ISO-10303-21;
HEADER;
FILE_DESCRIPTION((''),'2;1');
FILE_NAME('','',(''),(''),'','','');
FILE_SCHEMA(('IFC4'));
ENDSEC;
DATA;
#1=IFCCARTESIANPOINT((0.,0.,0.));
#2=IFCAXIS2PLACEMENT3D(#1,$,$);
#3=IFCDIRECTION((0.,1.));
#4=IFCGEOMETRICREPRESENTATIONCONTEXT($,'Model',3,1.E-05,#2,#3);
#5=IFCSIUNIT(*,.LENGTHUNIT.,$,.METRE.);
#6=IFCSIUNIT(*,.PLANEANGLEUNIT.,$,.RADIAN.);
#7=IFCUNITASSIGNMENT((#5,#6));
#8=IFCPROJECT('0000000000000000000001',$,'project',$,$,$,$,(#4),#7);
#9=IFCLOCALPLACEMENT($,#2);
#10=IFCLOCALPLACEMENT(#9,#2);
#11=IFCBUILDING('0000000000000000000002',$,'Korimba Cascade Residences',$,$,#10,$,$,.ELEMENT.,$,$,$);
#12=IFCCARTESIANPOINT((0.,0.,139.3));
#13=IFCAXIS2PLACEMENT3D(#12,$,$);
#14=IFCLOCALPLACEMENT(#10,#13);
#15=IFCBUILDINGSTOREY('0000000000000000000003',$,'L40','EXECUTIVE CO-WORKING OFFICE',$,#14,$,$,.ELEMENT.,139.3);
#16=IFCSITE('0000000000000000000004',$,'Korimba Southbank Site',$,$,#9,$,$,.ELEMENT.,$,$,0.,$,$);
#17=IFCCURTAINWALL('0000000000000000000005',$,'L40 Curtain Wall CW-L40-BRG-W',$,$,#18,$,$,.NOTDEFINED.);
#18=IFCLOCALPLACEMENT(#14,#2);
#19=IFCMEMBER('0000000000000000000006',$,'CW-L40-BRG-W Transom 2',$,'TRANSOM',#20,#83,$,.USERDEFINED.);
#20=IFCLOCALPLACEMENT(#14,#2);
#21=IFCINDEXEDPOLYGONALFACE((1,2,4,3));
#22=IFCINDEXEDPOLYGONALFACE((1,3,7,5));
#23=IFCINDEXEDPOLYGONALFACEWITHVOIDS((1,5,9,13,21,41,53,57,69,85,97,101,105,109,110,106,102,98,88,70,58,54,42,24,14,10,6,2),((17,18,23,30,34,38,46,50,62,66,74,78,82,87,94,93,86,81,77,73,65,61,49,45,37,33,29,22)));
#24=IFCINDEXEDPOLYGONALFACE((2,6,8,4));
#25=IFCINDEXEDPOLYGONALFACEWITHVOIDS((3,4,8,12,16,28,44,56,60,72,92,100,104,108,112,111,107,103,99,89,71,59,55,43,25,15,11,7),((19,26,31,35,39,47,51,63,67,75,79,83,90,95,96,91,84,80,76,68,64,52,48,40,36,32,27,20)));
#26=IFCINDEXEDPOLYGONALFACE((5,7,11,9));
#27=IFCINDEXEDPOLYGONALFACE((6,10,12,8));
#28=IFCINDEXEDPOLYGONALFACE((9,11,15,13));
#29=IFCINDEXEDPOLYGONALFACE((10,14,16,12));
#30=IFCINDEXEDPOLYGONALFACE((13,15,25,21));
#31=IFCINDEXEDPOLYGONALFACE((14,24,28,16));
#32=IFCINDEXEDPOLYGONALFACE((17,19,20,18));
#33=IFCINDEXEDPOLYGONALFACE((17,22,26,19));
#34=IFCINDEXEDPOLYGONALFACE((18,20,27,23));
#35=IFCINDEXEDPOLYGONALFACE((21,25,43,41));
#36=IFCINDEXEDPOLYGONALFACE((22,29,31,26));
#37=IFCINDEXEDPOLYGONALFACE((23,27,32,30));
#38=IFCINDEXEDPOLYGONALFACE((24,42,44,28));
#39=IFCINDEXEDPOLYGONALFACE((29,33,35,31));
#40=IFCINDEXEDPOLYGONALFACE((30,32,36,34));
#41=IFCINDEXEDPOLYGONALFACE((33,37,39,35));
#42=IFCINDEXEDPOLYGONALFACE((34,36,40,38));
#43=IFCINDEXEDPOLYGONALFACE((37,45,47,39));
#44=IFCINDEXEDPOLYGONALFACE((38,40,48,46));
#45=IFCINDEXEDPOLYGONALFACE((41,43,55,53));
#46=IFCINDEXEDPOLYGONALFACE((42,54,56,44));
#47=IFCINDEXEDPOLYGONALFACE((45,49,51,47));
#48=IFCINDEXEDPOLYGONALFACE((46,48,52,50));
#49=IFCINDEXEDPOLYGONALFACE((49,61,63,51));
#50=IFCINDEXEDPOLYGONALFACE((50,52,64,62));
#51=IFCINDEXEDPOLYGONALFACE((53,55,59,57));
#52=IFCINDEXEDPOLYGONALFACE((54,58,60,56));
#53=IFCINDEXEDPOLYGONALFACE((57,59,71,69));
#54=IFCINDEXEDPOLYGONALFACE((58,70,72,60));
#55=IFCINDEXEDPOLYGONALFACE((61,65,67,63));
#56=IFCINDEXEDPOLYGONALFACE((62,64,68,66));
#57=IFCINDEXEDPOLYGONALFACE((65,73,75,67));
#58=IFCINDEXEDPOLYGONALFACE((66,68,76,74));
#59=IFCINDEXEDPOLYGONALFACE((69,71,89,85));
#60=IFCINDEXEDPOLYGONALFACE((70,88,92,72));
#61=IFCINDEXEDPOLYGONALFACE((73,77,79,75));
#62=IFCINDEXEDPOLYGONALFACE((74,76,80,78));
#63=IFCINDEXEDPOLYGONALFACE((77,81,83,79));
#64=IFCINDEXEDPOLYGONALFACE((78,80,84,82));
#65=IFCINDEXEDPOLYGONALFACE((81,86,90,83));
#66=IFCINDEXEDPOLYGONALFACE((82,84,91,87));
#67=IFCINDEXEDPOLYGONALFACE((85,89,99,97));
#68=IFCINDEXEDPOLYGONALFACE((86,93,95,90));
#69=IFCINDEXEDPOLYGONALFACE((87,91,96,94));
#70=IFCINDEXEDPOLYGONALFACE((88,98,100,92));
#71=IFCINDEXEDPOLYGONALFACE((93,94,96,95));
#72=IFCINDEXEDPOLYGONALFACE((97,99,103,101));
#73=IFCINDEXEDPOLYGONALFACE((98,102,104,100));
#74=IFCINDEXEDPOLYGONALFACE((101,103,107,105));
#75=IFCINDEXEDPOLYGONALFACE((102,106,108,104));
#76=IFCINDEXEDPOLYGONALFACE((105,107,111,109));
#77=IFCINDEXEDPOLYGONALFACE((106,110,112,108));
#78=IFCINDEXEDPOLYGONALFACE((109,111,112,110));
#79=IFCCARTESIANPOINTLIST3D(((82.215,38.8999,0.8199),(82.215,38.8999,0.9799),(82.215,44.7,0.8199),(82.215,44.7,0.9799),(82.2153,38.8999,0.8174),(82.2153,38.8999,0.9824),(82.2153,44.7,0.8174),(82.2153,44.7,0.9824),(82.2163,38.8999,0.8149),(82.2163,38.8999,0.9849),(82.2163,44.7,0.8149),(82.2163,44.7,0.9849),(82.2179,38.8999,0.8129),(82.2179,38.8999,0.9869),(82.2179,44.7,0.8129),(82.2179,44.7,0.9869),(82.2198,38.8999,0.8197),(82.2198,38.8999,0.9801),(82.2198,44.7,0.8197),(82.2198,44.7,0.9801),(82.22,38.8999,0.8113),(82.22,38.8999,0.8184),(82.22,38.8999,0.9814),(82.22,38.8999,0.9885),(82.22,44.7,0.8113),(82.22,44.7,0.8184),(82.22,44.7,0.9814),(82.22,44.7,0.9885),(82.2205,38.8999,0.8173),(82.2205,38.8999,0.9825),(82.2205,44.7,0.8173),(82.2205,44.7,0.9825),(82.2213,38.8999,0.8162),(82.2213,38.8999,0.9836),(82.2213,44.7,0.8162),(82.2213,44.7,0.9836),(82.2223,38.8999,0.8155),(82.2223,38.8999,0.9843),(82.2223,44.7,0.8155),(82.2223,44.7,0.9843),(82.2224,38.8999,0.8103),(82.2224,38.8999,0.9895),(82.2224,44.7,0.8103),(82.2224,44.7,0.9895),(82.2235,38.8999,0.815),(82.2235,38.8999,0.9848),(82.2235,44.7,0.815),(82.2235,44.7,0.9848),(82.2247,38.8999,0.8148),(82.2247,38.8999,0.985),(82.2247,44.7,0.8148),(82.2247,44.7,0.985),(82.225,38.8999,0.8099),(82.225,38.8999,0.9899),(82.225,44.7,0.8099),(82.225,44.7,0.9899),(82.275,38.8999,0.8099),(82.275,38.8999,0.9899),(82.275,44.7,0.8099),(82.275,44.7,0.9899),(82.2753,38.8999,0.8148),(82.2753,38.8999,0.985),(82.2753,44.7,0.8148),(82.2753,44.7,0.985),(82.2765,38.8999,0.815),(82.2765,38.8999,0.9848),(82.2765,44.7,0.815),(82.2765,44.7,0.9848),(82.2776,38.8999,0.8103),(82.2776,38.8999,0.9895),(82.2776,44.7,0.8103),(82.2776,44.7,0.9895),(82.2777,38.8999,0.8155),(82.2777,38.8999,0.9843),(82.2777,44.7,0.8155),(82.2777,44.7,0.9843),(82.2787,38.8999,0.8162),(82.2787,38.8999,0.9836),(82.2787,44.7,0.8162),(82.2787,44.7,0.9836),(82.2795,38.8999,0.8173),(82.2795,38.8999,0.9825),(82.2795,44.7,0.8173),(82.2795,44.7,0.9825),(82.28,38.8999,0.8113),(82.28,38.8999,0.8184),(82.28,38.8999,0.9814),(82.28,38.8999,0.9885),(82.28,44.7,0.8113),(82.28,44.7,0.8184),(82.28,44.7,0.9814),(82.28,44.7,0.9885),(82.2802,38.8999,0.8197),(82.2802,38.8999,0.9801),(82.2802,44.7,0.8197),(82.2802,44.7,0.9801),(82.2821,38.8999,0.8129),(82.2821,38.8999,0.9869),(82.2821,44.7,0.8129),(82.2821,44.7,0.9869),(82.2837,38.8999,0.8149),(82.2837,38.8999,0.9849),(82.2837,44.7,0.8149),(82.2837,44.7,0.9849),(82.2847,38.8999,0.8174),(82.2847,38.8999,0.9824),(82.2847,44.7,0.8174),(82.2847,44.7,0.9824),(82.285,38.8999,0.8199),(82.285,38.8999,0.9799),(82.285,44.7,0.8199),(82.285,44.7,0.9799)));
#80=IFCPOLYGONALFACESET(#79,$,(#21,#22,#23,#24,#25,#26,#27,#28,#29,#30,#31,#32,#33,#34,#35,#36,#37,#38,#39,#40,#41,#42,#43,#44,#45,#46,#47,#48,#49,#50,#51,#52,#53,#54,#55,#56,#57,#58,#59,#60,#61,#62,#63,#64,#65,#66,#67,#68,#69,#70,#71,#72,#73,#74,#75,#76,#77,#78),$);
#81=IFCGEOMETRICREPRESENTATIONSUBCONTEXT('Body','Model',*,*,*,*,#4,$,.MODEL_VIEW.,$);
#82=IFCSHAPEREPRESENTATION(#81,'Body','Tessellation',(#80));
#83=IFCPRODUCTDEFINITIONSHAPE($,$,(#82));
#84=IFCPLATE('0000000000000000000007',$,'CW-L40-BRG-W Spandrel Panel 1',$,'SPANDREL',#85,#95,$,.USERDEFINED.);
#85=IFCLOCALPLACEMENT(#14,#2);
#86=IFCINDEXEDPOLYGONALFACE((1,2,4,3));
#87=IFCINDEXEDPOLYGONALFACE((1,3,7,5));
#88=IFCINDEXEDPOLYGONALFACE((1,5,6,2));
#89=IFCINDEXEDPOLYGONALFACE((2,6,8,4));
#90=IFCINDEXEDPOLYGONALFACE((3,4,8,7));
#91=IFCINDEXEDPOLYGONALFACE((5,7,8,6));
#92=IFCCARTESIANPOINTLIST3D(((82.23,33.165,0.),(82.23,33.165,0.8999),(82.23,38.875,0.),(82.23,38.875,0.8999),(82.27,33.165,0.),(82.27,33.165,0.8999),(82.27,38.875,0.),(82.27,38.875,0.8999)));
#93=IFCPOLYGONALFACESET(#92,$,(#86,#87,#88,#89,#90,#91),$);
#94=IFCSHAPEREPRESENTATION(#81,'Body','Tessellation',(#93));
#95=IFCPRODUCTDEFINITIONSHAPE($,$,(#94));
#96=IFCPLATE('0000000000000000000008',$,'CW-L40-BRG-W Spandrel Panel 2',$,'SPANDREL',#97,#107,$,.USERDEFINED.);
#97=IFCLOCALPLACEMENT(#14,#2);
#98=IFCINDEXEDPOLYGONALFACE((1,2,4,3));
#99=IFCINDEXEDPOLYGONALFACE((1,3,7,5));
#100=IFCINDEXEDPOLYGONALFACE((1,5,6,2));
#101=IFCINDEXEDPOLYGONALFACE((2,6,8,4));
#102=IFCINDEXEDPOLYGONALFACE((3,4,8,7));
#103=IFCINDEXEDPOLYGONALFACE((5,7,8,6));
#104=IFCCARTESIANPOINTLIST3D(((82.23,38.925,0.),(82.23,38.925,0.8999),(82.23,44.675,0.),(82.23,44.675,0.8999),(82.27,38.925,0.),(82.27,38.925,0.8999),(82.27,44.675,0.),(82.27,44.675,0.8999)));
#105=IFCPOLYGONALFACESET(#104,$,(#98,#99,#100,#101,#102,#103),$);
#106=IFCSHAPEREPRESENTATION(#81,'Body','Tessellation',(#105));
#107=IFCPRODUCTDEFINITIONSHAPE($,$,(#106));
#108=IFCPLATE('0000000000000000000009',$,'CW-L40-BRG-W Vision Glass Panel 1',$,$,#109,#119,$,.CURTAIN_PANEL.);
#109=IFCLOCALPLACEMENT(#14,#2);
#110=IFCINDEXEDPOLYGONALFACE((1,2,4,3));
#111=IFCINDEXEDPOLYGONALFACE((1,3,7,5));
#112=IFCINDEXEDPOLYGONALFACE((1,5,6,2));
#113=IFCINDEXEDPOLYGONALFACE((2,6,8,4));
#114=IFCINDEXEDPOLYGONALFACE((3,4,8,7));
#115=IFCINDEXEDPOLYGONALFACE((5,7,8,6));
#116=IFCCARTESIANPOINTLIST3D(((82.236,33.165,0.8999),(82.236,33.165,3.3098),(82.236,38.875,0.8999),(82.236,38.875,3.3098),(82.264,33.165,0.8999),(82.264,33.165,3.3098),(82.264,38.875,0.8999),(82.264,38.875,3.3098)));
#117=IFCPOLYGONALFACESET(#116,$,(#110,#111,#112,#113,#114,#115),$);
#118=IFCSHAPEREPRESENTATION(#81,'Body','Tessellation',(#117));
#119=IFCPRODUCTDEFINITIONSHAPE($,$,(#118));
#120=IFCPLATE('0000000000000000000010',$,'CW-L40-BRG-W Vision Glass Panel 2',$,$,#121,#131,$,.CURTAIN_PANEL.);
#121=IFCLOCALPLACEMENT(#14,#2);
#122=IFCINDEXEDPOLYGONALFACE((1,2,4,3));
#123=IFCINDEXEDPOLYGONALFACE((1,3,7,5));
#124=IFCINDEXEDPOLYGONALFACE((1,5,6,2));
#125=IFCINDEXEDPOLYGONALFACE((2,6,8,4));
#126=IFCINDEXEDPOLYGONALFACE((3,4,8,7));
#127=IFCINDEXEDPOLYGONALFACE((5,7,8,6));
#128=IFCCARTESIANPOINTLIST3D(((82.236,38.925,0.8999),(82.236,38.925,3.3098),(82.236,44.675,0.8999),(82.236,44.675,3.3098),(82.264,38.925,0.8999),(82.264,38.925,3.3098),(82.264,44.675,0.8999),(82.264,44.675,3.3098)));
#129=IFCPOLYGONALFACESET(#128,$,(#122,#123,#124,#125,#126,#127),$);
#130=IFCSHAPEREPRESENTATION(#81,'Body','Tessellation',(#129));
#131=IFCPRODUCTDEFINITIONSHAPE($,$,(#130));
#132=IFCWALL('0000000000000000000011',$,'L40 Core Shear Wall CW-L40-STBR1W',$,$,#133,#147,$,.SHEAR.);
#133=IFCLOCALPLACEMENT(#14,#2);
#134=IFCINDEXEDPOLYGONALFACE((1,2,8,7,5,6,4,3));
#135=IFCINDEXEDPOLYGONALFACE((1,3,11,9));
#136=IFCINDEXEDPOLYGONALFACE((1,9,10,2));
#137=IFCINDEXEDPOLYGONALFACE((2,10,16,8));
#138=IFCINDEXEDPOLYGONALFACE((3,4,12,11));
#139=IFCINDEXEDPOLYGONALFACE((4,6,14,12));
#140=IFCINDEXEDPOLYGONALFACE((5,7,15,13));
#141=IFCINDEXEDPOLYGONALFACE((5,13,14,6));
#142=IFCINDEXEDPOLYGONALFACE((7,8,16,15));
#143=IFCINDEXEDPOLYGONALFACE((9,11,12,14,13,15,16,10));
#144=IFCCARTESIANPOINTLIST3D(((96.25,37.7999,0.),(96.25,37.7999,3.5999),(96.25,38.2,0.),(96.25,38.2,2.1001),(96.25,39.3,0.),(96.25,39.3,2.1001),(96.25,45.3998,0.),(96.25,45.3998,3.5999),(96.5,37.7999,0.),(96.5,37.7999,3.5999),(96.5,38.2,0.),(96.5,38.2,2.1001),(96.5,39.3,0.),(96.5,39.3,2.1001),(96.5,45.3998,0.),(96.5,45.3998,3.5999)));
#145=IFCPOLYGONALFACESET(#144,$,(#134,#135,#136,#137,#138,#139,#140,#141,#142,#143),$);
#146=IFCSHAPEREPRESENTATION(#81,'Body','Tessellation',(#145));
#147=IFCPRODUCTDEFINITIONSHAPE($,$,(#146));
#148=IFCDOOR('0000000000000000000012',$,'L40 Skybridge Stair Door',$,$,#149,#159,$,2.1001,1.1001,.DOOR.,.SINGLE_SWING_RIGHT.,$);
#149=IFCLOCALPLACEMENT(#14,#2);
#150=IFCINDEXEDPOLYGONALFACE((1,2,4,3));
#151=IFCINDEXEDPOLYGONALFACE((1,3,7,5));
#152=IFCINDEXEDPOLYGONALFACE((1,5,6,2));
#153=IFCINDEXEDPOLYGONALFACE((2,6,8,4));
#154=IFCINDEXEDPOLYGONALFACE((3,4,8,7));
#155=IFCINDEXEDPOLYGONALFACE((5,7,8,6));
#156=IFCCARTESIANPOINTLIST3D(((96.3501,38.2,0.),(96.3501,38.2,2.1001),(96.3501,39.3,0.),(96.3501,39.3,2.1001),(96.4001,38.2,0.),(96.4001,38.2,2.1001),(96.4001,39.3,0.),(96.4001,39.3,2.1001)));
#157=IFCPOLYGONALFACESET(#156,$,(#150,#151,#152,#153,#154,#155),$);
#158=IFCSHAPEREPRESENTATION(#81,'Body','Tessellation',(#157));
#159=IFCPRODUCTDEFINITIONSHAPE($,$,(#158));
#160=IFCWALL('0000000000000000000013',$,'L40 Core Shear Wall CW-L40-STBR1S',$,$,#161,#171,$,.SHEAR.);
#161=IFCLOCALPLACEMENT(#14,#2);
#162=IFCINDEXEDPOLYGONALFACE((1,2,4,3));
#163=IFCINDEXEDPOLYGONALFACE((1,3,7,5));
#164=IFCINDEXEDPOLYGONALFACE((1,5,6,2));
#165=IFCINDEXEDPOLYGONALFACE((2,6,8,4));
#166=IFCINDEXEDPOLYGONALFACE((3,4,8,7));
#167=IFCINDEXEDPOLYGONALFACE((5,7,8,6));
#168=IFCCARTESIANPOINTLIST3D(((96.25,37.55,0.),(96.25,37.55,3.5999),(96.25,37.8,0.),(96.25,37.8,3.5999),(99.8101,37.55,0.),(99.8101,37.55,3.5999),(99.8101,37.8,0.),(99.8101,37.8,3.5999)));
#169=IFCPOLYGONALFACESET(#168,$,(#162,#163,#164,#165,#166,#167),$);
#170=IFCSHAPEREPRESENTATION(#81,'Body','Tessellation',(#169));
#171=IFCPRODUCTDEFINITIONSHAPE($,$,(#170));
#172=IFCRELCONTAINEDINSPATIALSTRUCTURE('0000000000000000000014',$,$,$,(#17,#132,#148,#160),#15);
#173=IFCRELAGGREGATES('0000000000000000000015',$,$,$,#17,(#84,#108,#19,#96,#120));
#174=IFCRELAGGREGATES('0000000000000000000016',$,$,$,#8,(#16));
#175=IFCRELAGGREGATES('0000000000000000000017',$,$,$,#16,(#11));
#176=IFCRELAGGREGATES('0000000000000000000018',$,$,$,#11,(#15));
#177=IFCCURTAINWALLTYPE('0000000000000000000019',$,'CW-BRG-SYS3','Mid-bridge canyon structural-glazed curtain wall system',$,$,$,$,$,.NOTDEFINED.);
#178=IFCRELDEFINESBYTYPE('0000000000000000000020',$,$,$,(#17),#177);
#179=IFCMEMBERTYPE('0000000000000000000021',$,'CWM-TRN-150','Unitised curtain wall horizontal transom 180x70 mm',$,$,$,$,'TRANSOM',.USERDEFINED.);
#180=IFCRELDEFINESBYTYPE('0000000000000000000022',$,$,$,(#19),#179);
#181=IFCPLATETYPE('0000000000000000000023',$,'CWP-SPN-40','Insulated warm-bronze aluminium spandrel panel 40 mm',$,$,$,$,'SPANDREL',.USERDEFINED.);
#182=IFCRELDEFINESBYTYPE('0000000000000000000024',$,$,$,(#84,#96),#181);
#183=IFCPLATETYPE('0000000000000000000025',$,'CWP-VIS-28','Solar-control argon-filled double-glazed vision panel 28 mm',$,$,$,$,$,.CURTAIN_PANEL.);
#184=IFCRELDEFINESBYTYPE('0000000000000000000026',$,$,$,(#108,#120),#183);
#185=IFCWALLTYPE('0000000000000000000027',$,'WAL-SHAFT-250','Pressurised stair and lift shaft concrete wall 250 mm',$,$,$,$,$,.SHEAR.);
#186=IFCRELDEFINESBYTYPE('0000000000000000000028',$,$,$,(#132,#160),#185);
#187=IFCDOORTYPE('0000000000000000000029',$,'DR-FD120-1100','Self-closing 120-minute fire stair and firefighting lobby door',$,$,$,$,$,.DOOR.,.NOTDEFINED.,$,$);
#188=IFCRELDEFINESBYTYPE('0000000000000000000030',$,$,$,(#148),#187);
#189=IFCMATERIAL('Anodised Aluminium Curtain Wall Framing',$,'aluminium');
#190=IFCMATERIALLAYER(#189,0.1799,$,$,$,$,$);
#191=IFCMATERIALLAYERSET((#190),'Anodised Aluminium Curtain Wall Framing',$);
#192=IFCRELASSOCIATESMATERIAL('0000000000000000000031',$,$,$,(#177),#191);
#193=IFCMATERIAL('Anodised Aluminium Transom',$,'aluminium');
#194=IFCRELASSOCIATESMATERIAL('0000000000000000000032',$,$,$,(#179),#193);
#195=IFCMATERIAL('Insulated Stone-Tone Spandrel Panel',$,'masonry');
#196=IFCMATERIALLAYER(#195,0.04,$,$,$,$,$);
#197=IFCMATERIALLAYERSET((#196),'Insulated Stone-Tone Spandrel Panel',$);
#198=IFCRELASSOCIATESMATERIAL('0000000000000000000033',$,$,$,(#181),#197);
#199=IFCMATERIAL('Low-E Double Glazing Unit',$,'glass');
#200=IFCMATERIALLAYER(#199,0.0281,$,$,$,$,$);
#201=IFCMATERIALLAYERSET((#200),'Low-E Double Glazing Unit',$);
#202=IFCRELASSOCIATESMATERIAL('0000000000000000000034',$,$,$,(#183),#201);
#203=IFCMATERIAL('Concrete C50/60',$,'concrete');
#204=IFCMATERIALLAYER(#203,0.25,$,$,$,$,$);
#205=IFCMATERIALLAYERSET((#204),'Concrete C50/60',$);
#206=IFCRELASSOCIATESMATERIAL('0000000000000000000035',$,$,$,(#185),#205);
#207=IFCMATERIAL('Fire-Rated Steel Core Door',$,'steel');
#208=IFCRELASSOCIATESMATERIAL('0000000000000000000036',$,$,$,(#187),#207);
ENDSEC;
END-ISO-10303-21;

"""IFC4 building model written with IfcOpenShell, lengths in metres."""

from ifc_helpers import new_model, si_unit, direction, frame, frame_2d, origin, origin_2d, place, context, subcontext, project, spatial, rectangle, hollow_rectangle, extrude, material, layer, layer_set, material_profile, profile_set, type_object, element, fill, aggregate, save


model = new_model("IFC4")

# Units and contexts
model_context = context("Model", 3, precision=1e-05, world=origin(), true_north=direction((0.0, 1.0)))
body_context = subcontext(model_context, "Body", "Model", "MODEL_VIEW")
ifc_project = project(units=[si_unit("LENGTHUNIT", "METRE"), si_unit("PLANEANGLEUNIT", "RADIAN")], contexts=[model_context])

# Site, building, storey
site_placement = place(None, origin())
site = spatial("IfcSite", under=ifc_project, at=site_placement, Name="Korimba Southbank Site", CompositionType="ELEMENT", RefElevation=0.0)
building_placement = place(site_placement, origin())
building = spatial("IfcBuilding", under=site, at=building_placement, Name="Korimba Cascade Residences", CompositionType="ELEMENT")
storey_placement = place(building_placement, frame((0.0, 0.0, 139.3)))
storey = spatial("IfcBuildingStorey", under=building, at=storey_placement, Name="L40", Description="EXECUTIVE CO-WORKING OFFICE", CompositionType="ELEMENT", Elevation=139.3)

# Curtain wall, member, plates
ifc_material_1 = material(Name="Anodised Aluminium Curtain Wall Framing", Category="aluminium")
ifc_layer_1 = layer(ifc_material_1, 0.1799)
ifc_layer_set_1 = layer_set([ifc_layer_1], Name="Anodised Aluminium Curtain Wall Framing")
curtain_wall_type = type_object("IfcCurtainWallType", Name="CW-BRG-SYS3", Description="Mid-bridge canyon structural-glazed curtain wall system", PredefinedType="NOTDEFINED", material=ifc_layer_set_1)
curtain_wall_placement = place(storey_placement, origin())
curtain_wall = element("IfcCurtainWall", 1, at=curtain_wall_placement, inside=storey, type_object=curtain_wall_type, Name="L40 Curtain Wall CW-L40-BRG-W", PredefinedType="NOTDEFINED")
ifc_material_2 = material(Name="Anodised Aluminium Transom", Category="aluminium")
ifc_material_profile_1 = material_profile(ifc_material_2, hollow_rectangle(XDim=0.0701, YDim=0.1799, WallThickness=0.0049, InnerFilletRadius=0.0049, OuterFilletRadius=0.01, at=origin_2d()), Name="Anodised Aluminium Transom")
ifc_profile_set_1 = profile_set([ifc_material_profile_1], Name="Anodised Aluminium Transom")
member_type_1 = type_object("IfcMemberType", Name="CWM-TRN-150", Description="Unitised curtain wall horizontal transom 180x70 mm", ElementType="TRANSOM", PredefinedType="USERDEFINED", material=ifc_profile_set_1)
member_1_placement = place(storey_placement, frame((82.25, 38.8999, 0.8999), z_axis=(0.0, 1.0, 0.0), x_axis=(-1.0, 0.0, 0.0)))
member_1 = element("IfcMember", 2, at=member_1_placement, type_object=member_type_1, Name="CW-L40-BRG-W Transom 2", ObjectType="TRANSOM", PredefinedType="USERDEFINED", context=body_context, shape_type="SweptSolid", body=[
    extrude(hollow_rectangle(XDim=0.0701, YDim=0.1799, WallThickness=0.0049, InnerFilletRadius=0.0049, OuterFilletRadius=0.01, at=origin_2d()), origin(), (0.0, 0.0, 1.0), 5.8),
])
ifc_material_3 = material(Name="Insulated Stone-Tone Spandrel Panel", Category="masonry")
ifc_layer_2 = layer(ifc_material_3, 0.04)
ifc_layer_set_2 = layer_set([ifc_layer_2], Name="Insulated Stone-Tone Spandrel Panel")
plate_type_1 = type_object("IfcPlateType", Name="CWP-SPN-40", Description="Insulated warm-bronze aluminium spandrel panel 40 mm", ElementType="SPANDREL", PredefinedType="USERDEFINED", material=ifc_layer_set_2)
plate_1_placement = place(storey_placement, frame((82.25, 36.02, 0.0), z_axis=(0.0, 0.0, 1.0), x_axis=(0.0, 1.0, 0.0)))
plate_1 = element("IfcPlate", 3, at=plate_1_placement, type_object=plate_type_1, Name="CW-L40-BRG-W Spandrel Panel 1", ObjectType="SPANDREL", PredefinedType="USERDEFINED", context=body_context, shape_type="SweptSolid", body=[
    extrude(rectangle(XDim=5.71, YDim=0.04, at=origin_2d()), origin(), (0.0, 0.0, 1.0), 0.8999),
])
plate_2_placement = place(storey_placement, frame((82.25, 41.8, 0.0), z_axis=(0.0, 0.0, 1.0), x_axis=(0.0, 1.0, 0.0)))
plate_2 = element("IfcPlate", 4, at=plate_2_placement, type_object=plate_type_1, Name="CW-L40-BRG-W Spandrel Panel 2", ObjectType="SPANDREL", PredefinedType="USERDEFINED", context=body_context, shape_type="SweptSolid", body=[
    extrude(rectangle(XDim=5.75, YDim=0.04, at=origin_2d()), origin(), (0.0, 0.0, 1.0), 0.8999),
])
ifc_material_4 = material(Name="Low-E Double Glazing Unit", Category="glass")
ifc_layer_3 = layer(ifc_material_4, 0.0281)
ifc_layer_set_3 = layer_set([ifc_layer_3], Name="Low-E Double Glazing Unit")
plate_type_2 = type_object("IfcPlateType", Name="CWP-VIS-28", Description="Solar-control argon-filled double-glazed vision panel 28 mm", PredefinedType="CURTAIN_PANEL", material=ifc_layer_set_3)
plate_3_placement = place(storey_placement, frame((82.25, 36.02, 0.8999), z_axis=(0.0, 0.0, 1.0), x_axis=(0.0, 1.0, 0.0)))
plate_3 = element("IfcPlate", 5, at=plate_3_placement, type_object=plate_type_2, Name="CW-L40-BRG-W Vision Glass Panel 1", PredefinedType="CURTAIN_PANEL", context=body_context, shape_type="SweptSolid", body=[
    extrude(rectangle(XDim=5.71, YDim=0.0281, at=origin_2d()), origin(), (0.0, 0.0, 1.0), 2.4099),
])
plate_4_placement = place(storey_placement, frame((82.25, 41.8, 0.8999), z_axis=(0.0, 0.0, 1.0), x_axis=(0.0, 1.0, 0.0)))
plate_4 = element("IfcPlate", 6, at=plate_4_placement, type_object=plate_type_2, Name="CW-L40-BRG-W Vision Glass Panel 2", PredefinedType="CURTAIN_PANEL", context=body_context, shape_type="SweptSolid", body=[
    extrude(rectangle(XDim=5.75, YDim=0.0281, at=origin_2d()), origin(), (0.0, 0.0, 1.0), 2.4099),
])
aggregate(curtain_wall, [plate_1, plate_3, member_1, plate_2, plate_4])

# Wall, opening, door
ifc_material_5 = material(Name="Concrete C50/60", Category="concrete")
ifc_layer_4 = layer(ifc_material_5, 0.25)
ifc_layer_set_4 = layer_set([ifc_layer_4], Name="Concrete C50/60")
wall_type = type_object("IfcWallType", Name="WAL-SHAFT-250", Description="Pressurised stair and lift shaft concrete wall 250 mm", PredefinedType="SHEAR", material=ifc_layer_set_4)
wall_1_placement = place(storey_placement, frame((96.375, 37.8, 0.0), z_axis=(0.0, 0.0, 1.0), x_axis=(0.0, 1.0, 0.0)))
wall_1 = element("IfcWall", 7, at=wall_1_placement, inside=storey, type_object=wall_type, Name="L40 Core Shear Wall CW-L40-STBR1W", PredefinedType="SHEAR", context=body_context, shape_type="SweptSolid", body=[
    extrude(rectangle(XDim=7.5999, YDim=0.25, at=frame_2d((3.7998, 0.0))), origin(), (0.0, 0.0, 1.0), 3.5999),
])
opening_placement = place(wall_1_placement, frame((0.3999, 0.0, 0.0)))
opening = element("IfcOpeningElement", 8, at=opening_placement, cuts=wall_1, PredefinedType="OPENING", context=body_context, shape_type="SweptSolid", body=[
    extrude(rectangle(XDim=1.1001, YDim=2.1001, at=frame_2d((0.55, 1.05))), frame((0.0, 0.135, 0.0), z_axis=(0.0, -1.0, 0.0), x_axis=(1.0, 0.0, 0.0)), (0.0, 0.0, 1.0), 0.27),
])
ifc_material_6 = material(Name="Fire-Rated Steel Core Door", Category="steel")
door_type = type_object("IfcDoorType", Name="DR-FD120-1100", Description="Self-closing 120-minute fire stair and firefighting lobby door", OperationType="NOTDEFINED", PredefinedType="DOOR", material=ifc_material_6)
door_placement = place(opening_placement, origin())
door = element("IfcDoor", 9, at=door_placement, inside=storey, type_object=door_type, Name="L40 Skybridge Stair Door", OperationType="SINGLE_SWING_RIGHT", OverallHeight=2.1001, OverallWidth=1.1001, PredefinedType="DOOR", context=body_context, shape_type="SweptSolid", body=[
    extrude(rectangle(XDim=1.1001, YDim=2.1001, at=frame_2d((0.55, 1.05))), frame((0.0, 0.0249, 0.0), z_axis=(0.0, -1.0, 0.0), x_axis=(1.0, 0.0, 0.0)), (0.0, 0.0, 1.0), 0.05),
])
fill(opening, door)

# Wall
wall_2_placement = place(storey_placement, frame((96.25, 37.675, 0.0), z_axis=(0.0, 0.0, 1.0), x_axis=(1.0, 0.0, 0.0)))
element("IfcWall", 10, at=wall_2_placement, inside=storey, type_object=wall_type, Name="L40 Core Shear Wall CW-L40-STBR1S", PredefinedType="SHEAR", context=body_context, shape_type="SweptSolid", body=[
    extrude(rectangle(XDim=3.5601, YDim=0.25, at=frame_2d((1.78, 0.0))), origin(), (0.0, 0.0, 1.0), 3.5999),
])

save(model, "model.ifc")
